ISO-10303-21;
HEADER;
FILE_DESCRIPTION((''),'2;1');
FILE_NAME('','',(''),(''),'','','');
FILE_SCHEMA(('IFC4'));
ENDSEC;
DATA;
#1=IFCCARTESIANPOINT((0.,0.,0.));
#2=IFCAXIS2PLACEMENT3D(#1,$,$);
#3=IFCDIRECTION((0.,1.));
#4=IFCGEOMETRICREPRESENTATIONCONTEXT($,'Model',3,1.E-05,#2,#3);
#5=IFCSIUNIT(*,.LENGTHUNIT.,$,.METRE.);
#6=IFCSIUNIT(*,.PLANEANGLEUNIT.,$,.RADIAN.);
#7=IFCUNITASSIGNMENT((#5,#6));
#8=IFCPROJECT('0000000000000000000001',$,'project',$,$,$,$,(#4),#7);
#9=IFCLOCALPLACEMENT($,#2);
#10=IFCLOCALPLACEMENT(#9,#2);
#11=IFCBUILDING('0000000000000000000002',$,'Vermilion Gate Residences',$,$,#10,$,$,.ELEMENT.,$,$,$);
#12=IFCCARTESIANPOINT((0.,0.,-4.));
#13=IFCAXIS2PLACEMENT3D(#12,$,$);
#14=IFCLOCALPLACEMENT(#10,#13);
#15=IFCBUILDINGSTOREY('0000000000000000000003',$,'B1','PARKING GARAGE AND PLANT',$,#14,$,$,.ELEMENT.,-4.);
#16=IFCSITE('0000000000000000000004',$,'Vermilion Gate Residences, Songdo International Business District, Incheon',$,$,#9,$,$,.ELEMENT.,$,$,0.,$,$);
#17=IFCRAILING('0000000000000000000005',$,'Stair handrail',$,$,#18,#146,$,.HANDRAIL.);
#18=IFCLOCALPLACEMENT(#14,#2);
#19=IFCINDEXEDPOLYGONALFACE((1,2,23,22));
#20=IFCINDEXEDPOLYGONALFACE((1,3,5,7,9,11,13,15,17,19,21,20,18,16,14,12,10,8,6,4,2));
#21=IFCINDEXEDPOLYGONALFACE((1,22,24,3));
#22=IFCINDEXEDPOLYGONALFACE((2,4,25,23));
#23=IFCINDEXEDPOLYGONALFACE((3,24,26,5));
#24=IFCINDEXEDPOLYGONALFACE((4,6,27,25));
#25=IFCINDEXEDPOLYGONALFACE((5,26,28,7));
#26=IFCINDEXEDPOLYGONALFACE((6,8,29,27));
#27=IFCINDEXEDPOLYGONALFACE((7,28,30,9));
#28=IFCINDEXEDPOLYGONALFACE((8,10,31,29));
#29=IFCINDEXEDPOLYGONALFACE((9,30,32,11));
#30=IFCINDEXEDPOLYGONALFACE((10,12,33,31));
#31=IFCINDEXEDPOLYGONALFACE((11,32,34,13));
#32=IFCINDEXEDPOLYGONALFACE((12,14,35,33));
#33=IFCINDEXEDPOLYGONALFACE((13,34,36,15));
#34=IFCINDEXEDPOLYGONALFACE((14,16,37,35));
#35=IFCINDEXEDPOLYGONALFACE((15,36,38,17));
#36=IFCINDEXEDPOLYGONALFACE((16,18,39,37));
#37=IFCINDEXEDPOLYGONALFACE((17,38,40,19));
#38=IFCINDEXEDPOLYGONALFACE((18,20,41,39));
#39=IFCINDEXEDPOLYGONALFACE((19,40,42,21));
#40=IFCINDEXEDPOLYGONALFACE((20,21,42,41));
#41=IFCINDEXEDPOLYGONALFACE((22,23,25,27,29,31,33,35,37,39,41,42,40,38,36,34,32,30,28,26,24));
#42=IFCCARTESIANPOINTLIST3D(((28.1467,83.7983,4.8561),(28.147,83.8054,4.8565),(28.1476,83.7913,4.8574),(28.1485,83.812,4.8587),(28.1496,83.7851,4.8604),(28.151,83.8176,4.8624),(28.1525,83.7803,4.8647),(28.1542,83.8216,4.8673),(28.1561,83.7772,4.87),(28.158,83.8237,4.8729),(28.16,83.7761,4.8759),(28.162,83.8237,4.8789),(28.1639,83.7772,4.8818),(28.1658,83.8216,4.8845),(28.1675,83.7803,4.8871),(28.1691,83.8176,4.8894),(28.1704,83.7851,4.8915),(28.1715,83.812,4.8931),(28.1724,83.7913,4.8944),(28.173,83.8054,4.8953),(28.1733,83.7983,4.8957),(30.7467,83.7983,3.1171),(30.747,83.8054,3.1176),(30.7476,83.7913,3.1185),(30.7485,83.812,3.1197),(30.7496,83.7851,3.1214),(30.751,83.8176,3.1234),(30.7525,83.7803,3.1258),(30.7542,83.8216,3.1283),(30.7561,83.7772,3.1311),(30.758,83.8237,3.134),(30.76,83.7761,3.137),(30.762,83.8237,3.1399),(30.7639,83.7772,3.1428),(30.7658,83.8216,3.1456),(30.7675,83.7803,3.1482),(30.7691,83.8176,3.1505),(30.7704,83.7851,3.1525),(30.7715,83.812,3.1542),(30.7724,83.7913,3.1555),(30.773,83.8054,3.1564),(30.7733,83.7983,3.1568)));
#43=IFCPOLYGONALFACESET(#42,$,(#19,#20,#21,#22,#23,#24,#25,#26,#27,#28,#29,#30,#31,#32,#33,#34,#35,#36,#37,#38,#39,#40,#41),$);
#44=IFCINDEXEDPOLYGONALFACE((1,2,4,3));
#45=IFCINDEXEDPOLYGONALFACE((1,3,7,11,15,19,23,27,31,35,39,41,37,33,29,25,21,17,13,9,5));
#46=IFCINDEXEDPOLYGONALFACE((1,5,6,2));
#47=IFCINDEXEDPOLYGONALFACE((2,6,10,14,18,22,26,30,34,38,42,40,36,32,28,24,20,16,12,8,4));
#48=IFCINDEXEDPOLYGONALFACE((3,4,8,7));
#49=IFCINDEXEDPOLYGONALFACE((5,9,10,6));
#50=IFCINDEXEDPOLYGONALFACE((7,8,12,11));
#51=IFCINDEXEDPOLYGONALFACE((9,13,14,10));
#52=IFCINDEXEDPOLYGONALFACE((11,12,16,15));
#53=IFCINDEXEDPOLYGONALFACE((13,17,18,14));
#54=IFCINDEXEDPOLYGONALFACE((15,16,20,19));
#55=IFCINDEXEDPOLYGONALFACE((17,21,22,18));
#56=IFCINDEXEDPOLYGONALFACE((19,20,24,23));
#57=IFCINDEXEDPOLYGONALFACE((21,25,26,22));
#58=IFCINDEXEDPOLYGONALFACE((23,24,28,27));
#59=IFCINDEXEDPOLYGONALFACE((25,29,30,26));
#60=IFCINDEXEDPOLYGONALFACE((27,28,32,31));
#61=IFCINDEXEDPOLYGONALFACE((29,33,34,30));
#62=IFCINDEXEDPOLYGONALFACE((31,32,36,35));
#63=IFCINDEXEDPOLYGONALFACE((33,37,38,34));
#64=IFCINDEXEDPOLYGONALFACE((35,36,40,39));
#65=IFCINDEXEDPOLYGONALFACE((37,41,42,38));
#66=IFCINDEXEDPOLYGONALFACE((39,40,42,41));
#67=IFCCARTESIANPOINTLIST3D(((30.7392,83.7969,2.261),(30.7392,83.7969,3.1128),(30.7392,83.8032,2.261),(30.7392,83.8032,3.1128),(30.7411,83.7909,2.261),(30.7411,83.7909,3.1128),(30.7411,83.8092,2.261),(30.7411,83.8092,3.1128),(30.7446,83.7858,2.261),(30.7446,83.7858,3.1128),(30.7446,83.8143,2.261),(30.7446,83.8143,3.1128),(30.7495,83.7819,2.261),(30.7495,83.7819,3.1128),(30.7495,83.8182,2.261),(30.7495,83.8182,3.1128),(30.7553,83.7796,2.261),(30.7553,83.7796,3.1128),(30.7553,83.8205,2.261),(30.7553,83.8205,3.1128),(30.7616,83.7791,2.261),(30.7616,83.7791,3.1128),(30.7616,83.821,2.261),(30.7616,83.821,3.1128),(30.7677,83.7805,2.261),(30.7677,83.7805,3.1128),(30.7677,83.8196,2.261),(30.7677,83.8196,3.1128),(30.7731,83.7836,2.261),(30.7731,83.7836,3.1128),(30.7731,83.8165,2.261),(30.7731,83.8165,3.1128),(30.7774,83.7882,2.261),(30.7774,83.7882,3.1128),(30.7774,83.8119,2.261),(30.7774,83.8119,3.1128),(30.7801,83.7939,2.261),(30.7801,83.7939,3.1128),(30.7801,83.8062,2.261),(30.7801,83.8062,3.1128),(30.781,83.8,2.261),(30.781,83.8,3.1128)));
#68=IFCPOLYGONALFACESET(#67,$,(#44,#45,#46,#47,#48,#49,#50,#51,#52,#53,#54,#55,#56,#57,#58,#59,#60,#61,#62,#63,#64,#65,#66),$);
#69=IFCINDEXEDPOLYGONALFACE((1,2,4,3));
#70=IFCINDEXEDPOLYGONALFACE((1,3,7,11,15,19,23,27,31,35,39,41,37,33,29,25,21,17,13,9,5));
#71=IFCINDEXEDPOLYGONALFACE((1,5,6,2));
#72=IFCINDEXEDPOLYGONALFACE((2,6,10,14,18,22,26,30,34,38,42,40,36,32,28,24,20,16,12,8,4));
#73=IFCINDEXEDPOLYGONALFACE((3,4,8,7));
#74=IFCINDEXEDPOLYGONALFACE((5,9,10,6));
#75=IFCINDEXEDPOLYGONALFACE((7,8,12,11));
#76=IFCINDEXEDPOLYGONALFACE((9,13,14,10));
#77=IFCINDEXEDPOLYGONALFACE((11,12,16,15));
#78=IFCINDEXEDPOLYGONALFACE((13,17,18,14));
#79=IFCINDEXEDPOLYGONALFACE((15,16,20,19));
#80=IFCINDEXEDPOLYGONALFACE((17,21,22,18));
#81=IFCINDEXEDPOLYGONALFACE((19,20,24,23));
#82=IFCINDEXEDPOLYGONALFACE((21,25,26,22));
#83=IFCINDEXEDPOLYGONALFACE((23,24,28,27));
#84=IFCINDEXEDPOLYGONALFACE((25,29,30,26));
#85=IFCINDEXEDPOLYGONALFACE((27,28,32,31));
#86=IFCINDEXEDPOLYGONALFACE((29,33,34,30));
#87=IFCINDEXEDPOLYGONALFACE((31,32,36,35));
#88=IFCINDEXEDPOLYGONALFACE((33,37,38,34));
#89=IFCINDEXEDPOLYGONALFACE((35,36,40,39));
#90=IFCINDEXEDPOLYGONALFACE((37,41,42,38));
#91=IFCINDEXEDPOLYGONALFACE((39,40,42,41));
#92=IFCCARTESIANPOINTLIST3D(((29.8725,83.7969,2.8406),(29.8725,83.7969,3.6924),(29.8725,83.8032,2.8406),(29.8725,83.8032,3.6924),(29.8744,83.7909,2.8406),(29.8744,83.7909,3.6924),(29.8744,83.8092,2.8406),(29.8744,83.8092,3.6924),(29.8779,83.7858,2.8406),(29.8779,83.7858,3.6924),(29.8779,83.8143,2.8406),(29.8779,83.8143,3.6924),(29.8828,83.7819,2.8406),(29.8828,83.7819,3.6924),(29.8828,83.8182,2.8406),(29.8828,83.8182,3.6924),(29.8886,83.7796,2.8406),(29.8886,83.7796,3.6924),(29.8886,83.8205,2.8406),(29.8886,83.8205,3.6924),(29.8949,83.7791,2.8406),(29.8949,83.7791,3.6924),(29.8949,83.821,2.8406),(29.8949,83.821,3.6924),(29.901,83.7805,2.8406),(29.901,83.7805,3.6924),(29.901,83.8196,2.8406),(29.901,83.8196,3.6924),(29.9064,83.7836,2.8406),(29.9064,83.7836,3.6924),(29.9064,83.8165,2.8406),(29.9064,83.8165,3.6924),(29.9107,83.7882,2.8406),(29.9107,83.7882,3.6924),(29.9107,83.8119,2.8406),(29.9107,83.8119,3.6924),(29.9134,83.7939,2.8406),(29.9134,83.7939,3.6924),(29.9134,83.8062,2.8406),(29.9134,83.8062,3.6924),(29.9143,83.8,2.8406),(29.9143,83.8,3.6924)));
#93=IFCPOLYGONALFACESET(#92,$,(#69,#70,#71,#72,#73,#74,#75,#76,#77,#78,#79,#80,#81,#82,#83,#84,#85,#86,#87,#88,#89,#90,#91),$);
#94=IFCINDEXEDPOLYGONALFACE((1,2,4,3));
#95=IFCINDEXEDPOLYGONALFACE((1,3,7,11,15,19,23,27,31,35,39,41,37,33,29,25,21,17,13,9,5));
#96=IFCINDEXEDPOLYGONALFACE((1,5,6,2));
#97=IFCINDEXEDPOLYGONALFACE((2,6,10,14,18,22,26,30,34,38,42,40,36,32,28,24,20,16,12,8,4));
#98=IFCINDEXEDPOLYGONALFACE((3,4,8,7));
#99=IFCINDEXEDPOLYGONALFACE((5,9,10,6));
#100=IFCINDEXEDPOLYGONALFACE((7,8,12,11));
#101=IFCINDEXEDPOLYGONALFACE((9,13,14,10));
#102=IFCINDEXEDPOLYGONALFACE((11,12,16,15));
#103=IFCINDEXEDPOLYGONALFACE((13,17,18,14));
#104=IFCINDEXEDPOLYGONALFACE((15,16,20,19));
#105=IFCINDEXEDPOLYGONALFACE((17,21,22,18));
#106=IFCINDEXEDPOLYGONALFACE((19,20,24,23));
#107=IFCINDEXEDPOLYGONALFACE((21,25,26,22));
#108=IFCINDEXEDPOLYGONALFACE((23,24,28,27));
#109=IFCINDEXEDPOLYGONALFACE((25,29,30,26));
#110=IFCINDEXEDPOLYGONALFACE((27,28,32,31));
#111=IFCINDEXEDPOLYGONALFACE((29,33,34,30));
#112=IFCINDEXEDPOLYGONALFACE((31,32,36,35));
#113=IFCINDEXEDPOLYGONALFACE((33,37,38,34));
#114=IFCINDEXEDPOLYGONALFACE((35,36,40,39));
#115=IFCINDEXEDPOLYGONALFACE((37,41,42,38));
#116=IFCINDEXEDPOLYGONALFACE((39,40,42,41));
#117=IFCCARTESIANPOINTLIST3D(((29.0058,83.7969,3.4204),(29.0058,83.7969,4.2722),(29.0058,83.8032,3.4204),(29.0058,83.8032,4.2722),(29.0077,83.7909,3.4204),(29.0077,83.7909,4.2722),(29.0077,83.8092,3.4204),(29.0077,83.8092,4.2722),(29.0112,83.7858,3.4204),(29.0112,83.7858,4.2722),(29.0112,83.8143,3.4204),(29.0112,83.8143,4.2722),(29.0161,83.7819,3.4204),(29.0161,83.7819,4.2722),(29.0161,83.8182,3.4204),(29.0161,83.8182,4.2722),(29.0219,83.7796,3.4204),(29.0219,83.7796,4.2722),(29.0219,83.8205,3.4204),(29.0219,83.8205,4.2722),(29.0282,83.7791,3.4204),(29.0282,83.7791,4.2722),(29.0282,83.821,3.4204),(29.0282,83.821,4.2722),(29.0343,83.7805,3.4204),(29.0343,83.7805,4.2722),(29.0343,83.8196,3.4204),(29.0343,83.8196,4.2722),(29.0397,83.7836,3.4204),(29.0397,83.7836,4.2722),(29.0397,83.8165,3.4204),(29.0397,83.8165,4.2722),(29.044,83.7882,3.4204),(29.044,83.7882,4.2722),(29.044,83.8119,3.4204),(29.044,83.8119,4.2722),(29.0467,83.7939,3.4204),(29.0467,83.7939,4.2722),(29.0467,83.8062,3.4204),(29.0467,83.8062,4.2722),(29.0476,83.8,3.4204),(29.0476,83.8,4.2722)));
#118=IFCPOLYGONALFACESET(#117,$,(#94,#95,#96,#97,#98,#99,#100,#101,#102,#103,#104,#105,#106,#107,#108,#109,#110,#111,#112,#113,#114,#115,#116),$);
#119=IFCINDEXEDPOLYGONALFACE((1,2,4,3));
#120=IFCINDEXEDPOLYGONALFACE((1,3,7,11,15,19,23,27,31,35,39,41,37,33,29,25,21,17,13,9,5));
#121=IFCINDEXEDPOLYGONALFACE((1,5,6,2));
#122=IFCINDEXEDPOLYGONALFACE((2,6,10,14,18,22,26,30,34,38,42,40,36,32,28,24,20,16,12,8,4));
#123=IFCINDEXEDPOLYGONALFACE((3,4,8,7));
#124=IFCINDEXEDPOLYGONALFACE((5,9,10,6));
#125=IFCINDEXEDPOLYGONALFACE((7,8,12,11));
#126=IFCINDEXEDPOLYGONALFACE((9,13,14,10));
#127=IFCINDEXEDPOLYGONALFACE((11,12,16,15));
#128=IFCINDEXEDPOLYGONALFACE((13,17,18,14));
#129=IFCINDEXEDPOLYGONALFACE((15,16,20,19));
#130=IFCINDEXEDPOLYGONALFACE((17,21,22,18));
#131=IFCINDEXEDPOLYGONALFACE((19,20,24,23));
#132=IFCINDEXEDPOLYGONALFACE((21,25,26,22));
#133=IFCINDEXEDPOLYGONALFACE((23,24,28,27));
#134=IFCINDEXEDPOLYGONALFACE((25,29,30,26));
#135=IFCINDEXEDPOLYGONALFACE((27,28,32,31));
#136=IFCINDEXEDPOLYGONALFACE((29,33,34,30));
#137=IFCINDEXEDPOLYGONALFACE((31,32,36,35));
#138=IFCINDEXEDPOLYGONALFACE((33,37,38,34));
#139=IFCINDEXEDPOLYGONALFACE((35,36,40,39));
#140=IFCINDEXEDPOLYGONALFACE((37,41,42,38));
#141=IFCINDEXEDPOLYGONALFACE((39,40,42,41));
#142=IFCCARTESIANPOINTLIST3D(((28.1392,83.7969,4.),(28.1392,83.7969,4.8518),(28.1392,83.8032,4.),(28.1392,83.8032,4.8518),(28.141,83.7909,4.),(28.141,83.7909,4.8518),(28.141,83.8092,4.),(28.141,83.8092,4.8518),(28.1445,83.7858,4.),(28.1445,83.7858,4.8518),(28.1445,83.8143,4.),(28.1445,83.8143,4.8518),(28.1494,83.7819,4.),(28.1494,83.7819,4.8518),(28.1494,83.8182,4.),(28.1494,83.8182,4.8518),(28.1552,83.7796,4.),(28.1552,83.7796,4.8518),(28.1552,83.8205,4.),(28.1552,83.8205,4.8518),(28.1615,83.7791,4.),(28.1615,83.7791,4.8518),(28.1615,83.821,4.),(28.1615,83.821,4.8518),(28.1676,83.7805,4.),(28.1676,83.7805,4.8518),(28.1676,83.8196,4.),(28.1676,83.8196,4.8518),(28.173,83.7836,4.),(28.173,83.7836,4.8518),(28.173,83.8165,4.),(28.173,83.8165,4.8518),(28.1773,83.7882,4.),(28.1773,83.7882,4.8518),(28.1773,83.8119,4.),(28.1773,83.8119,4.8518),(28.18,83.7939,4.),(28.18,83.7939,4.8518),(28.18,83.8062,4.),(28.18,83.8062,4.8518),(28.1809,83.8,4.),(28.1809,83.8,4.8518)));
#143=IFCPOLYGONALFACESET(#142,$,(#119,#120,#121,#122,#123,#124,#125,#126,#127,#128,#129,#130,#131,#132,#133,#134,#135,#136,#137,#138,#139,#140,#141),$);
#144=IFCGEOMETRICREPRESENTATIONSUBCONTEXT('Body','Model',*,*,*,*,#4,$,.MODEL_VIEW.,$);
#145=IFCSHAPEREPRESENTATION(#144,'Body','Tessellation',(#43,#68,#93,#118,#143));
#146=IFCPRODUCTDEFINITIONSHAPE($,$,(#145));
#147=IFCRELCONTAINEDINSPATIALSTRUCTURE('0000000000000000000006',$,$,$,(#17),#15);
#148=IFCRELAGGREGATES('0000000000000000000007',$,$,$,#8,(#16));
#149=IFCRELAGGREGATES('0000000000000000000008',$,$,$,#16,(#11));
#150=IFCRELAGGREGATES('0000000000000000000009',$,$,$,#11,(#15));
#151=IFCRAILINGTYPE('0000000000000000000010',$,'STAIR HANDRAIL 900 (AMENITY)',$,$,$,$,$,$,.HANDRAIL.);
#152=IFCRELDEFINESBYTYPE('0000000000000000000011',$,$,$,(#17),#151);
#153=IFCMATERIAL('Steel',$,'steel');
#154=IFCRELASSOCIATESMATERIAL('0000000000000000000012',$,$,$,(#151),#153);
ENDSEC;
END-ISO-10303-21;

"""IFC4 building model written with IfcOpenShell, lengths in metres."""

from ifc_helpers import new_model, si_unit, direction, frame, origin, origin_2d, place, context, subcontext, project, spatial, circle, extrude, material, type_object, element, save


model = new_model("IFC4")

# Units and contexts
model_context = context("Model", 3, precision=1e-05, world=origin(), true_north=direction((0.0, 1.0)))
body_context = subcontext(model_context, "Body", "Model", "MODEL_VIEW")
ifc_project = project(units=[si_unit("LENGTHUNIT", "METRE"), si_unit("PLANEANGLEUNIT", "RADIAN")], contexts=[model_context])

# Site, building, storey
site_placement = place(None, origin())
site = spatial("IfcSite", under=ifc_project, at=site_placement, Name="Vermilion Gate Residences, Songdo International Business District, Incheon", CompositionType="ELEMENT", RefElevation=0.0)
building_placement = place(site_placement, origin())
building = spatial("IfcBuilding", under=site, at=building_placement, Name="Vermilion Gate Residences", CompositionType="ELEMENT")
storey_placement = place(building_placement, frame((0.0, 0.0, -4.0)))
storey = spatial("IfcBuildingStorey", under=building, at=storey_placement, Name="B1", Description="PARKING GARAGE AND PLANT", CompositionType="ELEMENT", Elevation=-4.0)

# Railing
ifc_material_1 = material(Name="Steel", Category="steel")
railing_type = type_object("IfcRailingType", Name="STAIR HANDRAIL 900 (AMENITY)", PredefinedType="HANDRAIL", material=ifc_material_1)
for number, where, name in (
    (1, (30.76, 83.8, 2.261), "Stair handrail"),
):
    element("IfcRailing", number, at=place(storey_placement, frame(where)), inside=storey, type_object=railing_type, Name=name, PredefinedType="HANDRAIL", context=body_context, shape_type="SweptSolid", body=[
        extrude(circle(Radius=0.0239, at=origin_2d()), frame((0.0, 0.0, 0.876), z_axis=(-0.831221, 0.0, 0.555942), x_axis=(0.0, -1.0, 0.0)), (0.0, 0.0, 1.0), 3.1279),
        extrude(circle(Radius=0.021, at=origin_2d()), origin(), (0.0, 0.0, 1.0), 0.8518),
        extrude(circle(Radius=0.021, at=origin_2d()), frame((-0.8667, 0.0, 0.5796)), (0.0, 0.0, 1.0), 0.8518),
        extrude(circle(Radius=0.021, at=origin_2d()), frame((-1.7334, 0.0, 1.1594)), (0.0, 0.0, 1.0), 0.8518),
        extrude(circle(Radius=0.021, at=origin_2d()), frame((-2.6001, 0.0, 1.739)), (0.0, 0.0, 1.0), 0.8518),
    ])

save(model, "model.ifc")
